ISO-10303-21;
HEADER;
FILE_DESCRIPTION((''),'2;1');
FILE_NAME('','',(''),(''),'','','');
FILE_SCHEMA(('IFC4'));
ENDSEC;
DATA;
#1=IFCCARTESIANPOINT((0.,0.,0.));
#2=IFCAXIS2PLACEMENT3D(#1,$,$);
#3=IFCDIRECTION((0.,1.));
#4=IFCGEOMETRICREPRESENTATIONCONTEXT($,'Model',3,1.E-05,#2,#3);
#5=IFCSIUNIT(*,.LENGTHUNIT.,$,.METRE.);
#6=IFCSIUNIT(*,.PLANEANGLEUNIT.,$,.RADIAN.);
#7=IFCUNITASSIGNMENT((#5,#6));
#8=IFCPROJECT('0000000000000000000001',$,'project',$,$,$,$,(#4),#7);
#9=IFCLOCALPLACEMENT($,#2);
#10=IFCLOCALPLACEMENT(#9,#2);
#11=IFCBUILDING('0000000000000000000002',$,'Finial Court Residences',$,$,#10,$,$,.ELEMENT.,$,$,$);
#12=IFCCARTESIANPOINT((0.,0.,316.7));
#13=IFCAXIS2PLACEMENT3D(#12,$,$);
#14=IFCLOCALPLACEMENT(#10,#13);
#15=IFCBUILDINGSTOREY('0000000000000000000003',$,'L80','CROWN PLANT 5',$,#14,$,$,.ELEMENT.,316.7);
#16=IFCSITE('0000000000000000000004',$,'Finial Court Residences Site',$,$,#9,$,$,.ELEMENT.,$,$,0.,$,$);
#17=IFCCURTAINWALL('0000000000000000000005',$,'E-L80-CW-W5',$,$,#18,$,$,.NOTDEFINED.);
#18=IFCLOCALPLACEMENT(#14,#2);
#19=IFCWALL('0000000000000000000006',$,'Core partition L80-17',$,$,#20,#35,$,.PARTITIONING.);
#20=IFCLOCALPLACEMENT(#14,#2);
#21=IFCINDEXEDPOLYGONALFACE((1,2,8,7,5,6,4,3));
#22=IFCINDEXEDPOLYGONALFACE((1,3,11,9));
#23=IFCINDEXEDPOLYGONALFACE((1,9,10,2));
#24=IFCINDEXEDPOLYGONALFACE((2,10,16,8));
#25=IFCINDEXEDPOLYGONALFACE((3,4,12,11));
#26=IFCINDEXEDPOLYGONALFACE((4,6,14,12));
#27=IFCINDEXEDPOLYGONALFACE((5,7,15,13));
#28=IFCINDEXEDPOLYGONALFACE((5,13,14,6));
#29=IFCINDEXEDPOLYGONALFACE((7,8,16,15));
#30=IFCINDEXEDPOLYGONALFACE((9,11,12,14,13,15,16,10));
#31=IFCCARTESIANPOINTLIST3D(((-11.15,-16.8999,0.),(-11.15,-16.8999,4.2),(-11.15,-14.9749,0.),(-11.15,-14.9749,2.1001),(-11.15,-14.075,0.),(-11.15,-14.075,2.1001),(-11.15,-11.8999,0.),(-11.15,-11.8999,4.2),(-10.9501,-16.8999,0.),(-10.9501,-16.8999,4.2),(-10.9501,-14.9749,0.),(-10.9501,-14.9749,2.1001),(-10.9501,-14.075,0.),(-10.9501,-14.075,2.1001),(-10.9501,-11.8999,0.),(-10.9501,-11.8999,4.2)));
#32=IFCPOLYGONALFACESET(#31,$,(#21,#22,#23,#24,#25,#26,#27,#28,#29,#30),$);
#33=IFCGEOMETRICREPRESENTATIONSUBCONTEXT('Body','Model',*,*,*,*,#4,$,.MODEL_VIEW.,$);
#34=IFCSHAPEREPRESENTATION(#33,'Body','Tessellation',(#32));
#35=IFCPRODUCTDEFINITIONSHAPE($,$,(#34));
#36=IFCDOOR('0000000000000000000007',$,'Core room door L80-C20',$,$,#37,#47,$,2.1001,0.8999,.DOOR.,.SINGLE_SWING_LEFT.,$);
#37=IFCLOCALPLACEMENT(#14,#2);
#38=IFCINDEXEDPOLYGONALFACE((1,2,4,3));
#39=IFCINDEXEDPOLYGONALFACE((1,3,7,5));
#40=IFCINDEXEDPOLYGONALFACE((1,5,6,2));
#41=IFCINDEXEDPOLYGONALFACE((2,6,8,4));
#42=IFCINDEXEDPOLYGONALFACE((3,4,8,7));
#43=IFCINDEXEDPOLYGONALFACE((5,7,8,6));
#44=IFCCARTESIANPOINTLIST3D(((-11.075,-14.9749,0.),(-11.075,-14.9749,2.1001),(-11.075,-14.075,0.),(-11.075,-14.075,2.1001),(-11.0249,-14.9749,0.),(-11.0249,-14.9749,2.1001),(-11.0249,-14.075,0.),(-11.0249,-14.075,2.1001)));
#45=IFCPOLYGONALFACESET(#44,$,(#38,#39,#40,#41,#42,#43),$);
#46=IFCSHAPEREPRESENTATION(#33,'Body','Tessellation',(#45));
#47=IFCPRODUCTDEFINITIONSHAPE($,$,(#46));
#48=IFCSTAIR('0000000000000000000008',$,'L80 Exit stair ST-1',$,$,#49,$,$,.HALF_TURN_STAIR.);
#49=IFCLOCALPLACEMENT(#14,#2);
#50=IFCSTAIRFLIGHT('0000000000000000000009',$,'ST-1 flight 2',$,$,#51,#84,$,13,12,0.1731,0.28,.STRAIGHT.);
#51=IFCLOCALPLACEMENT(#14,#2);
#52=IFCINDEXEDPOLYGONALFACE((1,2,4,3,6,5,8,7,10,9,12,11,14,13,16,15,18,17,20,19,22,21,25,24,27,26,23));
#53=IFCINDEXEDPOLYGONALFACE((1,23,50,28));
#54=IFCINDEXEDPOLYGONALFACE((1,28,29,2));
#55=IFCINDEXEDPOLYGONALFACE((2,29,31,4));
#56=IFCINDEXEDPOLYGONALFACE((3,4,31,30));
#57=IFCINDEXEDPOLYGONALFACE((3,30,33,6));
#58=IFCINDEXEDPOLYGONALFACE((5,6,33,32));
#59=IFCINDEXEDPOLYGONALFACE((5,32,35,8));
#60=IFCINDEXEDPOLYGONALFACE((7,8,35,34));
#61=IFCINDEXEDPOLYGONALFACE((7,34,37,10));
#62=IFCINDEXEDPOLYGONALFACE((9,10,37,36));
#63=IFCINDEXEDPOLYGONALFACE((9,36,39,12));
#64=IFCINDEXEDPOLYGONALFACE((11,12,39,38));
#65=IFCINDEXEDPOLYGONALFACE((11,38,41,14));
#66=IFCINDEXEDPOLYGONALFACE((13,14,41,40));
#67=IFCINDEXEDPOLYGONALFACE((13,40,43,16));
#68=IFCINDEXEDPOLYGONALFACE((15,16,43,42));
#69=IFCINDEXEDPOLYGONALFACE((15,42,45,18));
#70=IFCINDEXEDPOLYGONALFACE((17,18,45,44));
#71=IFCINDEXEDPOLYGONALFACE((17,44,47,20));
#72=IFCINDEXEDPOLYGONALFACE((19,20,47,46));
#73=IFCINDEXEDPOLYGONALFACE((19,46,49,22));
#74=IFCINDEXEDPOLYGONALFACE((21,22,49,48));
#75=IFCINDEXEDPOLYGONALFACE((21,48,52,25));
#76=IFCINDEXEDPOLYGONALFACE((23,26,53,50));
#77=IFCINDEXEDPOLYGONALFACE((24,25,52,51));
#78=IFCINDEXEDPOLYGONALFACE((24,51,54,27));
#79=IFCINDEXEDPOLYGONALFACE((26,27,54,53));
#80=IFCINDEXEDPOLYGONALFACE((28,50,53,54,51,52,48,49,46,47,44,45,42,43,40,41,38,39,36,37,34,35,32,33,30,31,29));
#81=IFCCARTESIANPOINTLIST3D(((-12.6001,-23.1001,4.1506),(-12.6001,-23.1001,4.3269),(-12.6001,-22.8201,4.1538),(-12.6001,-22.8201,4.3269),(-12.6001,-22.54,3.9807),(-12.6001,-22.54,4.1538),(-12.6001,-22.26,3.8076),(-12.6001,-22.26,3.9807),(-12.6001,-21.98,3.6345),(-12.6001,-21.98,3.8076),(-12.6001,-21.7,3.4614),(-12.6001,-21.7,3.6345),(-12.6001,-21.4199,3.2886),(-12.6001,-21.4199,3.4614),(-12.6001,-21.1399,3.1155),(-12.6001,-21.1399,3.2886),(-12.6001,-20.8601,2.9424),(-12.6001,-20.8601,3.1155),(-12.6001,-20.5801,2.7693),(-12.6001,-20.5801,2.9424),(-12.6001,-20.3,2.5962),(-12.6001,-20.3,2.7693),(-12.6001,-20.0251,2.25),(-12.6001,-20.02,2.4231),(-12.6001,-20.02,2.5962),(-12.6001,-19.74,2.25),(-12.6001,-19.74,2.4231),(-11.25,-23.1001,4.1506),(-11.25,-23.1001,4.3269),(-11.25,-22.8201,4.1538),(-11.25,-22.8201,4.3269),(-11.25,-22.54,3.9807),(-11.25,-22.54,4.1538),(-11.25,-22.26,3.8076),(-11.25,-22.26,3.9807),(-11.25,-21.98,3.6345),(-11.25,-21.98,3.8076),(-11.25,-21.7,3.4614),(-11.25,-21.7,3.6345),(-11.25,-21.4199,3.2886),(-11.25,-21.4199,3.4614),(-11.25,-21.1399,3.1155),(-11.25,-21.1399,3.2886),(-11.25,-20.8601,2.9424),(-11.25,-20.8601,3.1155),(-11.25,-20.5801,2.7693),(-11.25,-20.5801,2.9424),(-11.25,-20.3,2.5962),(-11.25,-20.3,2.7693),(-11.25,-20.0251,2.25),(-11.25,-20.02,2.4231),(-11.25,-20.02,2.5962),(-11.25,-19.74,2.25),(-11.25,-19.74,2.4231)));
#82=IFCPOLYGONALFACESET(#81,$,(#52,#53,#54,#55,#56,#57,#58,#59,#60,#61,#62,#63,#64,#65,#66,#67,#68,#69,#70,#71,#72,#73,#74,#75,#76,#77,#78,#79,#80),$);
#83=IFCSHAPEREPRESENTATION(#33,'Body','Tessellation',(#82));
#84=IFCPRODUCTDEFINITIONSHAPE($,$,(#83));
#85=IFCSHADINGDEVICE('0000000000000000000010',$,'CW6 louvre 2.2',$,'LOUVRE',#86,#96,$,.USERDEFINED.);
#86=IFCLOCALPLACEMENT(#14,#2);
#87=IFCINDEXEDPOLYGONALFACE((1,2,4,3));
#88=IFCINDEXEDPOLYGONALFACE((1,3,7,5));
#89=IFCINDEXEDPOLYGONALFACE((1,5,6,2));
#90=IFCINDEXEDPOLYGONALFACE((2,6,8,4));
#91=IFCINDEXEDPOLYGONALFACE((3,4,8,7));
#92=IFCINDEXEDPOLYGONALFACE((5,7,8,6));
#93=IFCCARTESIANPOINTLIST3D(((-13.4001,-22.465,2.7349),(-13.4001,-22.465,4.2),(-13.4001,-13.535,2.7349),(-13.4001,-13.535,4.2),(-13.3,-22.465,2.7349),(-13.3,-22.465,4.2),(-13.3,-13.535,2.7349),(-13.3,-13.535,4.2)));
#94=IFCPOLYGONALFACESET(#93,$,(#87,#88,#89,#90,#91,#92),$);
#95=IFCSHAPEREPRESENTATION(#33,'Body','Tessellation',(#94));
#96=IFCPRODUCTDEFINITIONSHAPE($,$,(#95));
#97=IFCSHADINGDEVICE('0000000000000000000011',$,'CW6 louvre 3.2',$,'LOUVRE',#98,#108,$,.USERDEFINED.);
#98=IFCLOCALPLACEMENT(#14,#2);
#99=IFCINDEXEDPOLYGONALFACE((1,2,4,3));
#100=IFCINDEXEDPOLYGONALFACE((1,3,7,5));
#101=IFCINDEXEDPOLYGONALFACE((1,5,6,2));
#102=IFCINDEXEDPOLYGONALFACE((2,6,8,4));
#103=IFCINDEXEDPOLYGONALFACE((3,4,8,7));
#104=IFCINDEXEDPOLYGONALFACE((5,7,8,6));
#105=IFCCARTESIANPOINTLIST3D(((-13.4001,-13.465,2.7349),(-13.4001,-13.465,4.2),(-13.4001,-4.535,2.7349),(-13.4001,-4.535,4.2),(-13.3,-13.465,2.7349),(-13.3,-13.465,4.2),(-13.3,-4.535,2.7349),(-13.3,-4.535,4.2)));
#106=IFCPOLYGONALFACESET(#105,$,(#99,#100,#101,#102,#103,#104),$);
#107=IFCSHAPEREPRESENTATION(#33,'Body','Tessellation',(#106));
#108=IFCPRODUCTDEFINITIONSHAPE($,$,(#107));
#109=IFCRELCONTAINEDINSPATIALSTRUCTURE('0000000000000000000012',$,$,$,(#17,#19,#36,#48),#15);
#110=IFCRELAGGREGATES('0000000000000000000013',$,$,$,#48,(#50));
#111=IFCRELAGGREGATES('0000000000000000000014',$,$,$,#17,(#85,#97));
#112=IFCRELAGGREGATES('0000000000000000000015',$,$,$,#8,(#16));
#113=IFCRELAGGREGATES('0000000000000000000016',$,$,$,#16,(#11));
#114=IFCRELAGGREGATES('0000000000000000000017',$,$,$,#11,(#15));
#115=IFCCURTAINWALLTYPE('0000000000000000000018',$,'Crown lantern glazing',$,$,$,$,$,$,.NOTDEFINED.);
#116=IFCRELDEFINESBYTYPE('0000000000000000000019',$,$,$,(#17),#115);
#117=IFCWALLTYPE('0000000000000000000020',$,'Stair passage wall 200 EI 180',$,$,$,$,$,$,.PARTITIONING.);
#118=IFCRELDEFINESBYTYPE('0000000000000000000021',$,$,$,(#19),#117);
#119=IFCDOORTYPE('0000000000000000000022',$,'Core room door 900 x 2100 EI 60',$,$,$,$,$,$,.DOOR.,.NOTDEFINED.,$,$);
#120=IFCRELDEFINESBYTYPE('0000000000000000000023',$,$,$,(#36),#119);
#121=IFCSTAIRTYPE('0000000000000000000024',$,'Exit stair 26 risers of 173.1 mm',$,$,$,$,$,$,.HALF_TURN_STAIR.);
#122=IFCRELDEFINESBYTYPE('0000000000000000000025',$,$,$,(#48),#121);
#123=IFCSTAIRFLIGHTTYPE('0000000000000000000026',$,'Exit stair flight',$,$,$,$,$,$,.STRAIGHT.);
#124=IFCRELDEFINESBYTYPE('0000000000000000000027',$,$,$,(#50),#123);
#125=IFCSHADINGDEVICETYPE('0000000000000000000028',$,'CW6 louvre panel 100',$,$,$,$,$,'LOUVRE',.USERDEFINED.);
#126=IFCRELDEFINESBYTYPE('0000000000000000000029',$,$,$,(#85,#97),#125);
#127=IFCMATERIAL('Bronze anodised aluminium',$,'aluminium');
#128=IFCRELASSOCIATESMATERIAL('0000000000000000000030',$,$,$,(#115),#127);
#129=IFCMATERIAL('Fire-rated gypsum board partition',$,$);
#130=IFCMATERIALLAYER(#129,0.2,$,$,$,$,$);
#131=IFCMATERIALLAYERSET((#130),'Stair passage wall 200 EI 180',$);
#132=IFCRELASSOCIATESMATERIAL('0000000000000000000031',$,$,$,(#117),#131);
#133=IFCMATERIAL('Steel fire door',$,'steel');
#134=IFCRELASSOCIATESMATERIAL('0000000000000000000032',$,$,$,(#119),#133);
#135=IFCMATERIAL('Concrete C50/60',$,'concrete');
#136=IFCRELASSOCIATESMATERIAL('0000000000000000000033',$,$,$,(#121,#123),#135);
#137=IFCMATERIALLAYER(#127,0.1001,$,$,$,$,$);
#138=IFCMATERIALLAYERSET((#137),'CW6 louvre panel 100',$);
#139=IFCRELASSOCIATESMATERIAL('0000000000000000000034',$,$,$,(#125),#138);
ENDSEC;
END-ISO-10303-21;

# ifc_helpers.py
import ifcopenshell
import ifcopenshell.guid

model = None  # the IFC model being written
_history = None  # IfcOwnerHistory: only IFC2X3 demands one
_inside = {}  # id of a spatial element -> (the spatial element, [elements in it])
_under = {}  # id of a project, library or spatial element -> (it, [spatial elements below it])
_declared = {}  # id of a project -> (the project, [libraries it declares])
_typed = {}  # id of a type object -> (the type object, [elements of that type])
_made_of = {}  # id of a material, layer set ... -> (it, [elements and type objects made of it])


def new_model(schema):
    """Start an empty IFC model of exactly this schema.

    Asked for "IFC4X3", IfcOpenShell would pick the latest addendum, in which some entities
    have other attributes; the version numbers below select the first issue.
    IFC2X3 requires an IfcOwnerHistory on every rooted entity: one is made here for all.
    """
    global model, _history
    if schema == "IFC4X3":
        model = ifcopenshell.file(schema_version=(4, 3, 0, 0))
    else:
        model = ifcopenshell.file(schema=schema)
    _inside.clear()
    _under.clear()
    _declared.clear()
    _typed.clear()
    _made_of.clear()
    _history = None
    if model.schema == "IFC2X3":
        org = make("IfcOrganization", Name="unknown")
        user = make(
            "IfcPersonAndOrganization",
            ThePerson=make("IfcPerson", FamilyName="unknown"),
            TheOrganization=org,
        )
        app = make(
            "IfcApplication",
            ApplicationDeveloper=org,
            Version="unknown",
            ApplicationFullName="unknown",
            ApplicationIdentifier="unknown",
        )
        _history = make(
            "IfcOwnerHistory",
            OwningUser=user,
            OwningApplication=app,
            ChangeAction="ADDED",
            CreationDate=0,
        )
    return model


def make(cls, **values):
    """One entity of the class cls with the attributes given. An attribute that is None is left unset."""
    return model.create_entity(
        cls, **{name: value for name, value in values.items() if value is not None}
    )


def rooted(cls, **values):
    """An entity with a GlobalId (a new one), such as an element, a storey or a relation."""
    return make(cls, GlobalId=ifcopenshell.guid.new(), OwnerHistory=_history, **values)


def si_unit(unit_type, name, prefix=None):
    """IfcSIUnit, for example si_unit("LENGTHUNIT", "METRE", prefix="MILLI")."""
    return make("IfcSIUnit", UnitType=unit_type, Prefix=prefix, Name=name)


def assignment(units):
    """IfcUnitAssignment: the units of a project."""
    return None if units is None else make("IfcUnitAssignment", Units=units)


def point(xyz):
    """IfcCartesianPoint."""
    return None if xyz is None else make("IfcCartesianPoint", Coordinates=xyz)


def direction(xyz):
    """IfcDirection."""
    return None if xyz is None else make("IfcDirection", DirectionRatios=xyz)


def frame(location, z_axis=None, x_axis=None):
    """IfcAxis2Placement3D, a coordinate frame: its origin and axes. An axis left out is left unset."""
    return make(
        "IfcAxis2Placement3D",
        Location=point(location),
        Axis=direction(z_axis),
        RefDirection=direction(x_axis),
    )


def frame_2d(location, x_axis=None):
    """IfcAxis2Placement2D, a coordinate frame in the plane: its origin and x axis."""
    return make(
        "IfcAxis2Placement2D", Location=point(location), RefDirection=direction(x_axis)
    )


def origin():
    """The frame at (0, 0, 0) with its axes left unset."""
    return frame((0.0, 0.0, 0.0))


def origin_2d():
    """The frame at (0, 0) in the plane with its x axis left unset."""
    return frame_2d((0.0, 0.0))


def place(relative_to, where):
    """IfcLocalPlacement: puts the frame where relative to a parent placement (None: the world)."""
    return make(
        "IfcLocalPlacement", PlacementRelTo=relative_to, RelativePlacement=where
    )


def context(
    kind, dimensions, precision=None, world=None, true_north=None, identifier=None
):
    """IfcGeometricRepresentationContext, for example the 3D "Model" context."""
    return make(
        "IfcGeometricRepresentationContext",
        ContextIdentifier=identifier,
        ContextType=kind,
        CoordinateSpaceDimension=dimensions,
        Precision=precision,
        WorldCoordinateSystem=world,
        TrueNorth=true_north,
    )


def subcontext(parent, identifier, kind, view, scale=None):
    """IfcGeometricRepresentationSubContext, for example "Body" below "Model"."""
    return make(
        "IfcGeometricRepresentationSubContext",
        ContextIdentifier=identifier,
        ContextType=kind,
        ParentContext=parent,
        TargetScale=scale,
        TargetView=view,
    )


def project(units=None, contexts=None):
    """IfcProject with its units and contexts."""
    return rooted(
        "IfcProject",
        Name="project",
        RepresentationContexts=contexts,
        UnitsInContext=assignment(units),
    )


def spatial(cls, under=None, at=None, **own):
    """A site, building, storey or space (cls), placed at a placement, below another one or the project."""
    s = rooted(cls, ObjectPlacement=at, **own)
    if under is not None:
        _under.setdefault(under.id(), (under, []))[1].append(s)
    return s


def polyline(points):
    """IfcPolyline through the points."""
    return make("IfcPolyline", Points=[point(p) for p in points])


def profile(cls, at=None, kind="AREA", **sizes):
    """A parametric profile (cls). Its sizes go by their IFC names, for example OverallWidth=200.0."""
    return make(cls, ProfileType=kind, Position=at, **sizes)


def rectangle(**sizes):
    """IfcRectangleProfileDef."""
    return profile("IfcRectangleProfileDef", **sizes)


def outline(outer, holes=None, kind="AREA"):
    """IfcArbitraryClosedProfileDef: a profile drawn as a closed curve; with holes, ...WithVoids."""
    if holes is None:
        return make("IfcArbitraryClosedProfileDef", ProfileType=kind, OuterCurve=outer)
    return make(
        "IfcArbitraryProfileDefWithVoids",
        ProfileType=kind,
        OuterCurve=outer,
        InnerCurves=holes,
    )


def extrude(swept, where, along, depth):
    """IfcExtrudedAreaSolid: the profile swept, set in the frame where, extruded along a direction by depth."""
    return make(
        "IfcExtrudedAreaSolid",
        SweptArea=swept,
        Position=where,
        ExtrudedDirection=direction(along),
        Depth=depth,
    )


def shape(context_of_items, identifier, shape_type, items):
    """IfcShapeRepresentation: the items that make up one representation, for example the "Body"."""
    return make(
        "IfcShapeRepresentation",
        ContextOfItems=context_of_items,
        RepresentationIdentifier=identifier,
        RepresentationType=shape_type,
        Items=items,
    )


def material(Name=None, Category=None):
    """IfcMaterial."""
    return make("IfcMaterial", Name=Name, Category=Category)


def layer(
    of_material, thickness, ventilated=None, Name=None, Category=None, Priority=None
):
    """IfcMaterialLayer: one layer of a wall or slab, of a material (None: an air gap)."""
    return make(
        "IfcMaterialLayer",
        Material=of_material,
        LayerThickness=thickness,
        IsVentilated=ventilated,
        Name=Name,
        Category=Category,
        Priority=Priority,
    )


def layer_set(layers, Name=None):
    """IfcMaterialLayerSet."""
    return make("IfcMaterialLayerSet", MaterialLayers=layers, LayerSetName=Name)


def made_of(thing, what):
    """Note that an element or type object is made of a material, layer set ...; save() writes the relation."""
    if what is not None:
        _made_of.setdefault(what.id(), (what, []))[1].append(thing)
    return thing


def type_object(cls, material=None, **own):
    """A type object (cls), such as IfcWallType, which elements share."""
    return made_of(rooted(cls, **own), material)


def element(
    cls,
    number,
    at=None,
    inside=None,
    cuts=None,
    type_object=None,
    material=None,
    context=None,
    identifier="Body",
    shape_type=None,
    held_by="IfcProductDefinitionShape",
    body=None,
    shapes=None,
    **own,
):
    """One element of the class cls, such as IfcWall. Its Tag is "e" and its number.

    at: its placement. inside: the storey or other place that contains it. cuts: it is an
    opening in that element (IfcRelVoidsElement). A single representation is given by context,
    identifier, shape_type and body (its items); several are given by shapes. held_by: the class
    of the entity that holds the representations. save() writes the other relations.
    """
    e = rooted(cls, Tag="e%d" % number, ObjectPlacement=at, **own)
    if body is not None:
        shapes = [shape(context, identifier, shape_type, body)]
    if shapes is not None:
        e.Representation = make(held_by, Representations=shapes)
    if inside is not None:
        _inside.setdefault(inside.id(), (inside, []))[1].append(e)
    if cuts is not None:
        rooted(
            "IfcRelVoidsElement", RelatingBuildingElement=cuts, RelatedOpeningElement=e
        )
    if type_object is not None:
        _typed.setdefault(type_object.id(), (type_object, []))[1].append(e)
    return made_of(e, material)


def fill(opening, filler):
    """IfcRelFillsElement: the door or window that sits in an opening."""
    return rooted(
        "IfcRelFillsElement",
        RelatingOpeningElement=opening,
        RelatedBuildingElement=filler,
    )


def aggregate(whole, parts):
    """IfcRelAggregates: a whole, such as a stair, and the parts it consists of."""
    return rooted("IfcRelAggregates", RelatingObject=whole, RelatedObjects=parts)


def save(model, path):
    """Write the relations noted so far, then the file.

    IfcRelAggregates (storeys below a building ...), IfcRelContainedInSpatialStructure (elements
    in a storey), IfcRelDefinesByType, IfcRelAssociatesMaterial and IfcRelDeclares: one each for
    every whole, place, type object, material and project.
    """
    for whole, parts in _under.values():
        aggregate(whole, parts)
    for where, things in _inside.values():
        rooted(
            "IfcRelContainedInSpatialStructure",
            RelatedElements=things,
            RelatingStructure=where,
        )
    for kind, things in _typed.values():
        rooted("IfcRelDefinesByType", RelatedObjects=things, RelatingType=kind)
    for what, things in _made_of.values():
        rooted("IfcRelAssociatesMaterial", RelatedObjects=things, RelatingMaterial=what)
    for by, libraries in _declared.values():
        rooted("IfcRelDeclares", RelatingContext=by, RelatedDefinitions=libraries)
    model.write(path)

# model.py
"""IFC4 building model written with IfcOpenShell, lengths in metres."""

from ifc_helpers import new_model, si_unit, direction, frame, frame_2d, origin, origin_2d, place, context, subcontext, project, spatial, polyline, rectangle, outline, extrude, material, layer, layer_set, type_object, element, fill, aggregate, save


model = new_model("IFC4")

# Units and contexts
model_context = context("Model", 3, precision=1e-05, world=origin(), true_north=direction((0.0, 1.0)))
body_context = subcontext(model_context, "Body", "Model", "MODEL_VIEW")
ifc_project = project(units=[si_unit("LENGTHUNIT", "METRE"), si_unit("PLANEANGLEUNIT", "RADIAN")], contexts=[model_context])

# Site, building, storey
site_placement = place(None, origin())
site = spatial("IfcSite", under=ifc_project, at=site_placement, Name="Finial Court Residences Site", CompositionType="ELEMENT", RefElevation=0.0)
building_placement = place(site_placement, origin())
building = spatial("IfcBuilding", under=site, at=building_placement, Name="Finial Court Residences", CompositionType="ELEMENT")
storey_placement = place(building_placement, frame((0.0, 0.0, 316.7)))
storey = spatial("IfcBuildingStorey", under=building, at=storey_placement, Name="L80", Description="CROWN PLANT 5", CompositionType="ELEMENT", Elevation=316.7)

# Curtain wall
ifc_material_1 = material(Name="Bronze anodised aluminium", Category="aluminium")
curtain_wall_type = type_object("IfcCurtainWallType", Name="Crown lantern glazing", PredefinedType="NOTDEFINED", material=ifc_material_1)
curtain_wall_placement = place(storey_placement, origin())
curtain_wall = element("IfcCurtainWall", 1, at=curtain_wall_placement, inside=storey, type_object=curtain_wall_type, Name="E-L80-CW-W5", PredefinedType="NOTDEFINED")

# Shared definitions
ifc_material_2 = material(Name="Concrete C50/60", Category="concrete")
ifc_material_3 = material(Name="Steel fire door", Category="steel")

# Shared definitions
ifc_material_4 = material(Name="Fire-rated gypsum board partition")

# Wall, opening, door
ifc_layer_1 = layer(ifc_material_4, 0.2)
ifc_layer_set_1 = layer_set([ifc_layer_1], Name="Stair passage wall 200 EI 180")
wall_type_1 = type_object("IfcWallType", Name="Stair passage wall 200 EI 180", PredefinedType="PARTITIONING", material=ifc_layer_set_1)
wall_1_placement = place(storey_placement, frame((-11.05, -16.8999, 0.0), z_axis=(0.0, 0.0, 1.0), x_axis=(0.0, 1.0, 0.0)))
wall_1 = element("IfcWall", 2, at=wall_1_placement, inside=storey, type_object=wall_type_1, Name="Core partition L80-17", PredefinedType="PARTITIONING", context=body_context, shape_type="SweptSolid", body=[
    extrude(rectangle(XDim=5.0, YDim=0.2, at=frame_2d((2.5, 0.0))), origin(), (0.0, 0.0, 1.0), 4.2),
])
opening_1_placement = place(wall_1_placement, frame((1.925, 0.0, 0.0)))
opening_1 = element("IfcOpeningElement", 3, at=opening_1_placement, cuts=wall_1, PredefinedType="OPENING", context=body_context, shape_type="SweptSolid", body=[
    extrude(rectangle(XDim=0.8999, YDim=2.1001, at=frame_2d((0.45, 1.05))), frame((0.0, 0.1099, 0.0), z_axis=(0.0, -1.0, 0.0), x_axis=(1.0, 0.0, 0.0)), (0.0, 0.0, 1.0), 0.22),
])
door_type_1 = type_object("IfcDoorType", Name="Core room door 900 x 2100 EI 60", OperationType="NOTDEFINED", PredefinedType="DOOR", material=ifc_material_3)
door_1_placement = place(opening_1_placement, origin())
door_1 = element("IfcDoor", 4, at=door_1_placement, inside=storey, type_object=door_type_1, Name="Core room door L80-C20", OperationType="SINGLE_SWING_LEFT", OverallHeight=2.1001, OverallWidth=0.8999, PredefinedType="DOOR", context=body_context, shape_type="SweptSolid", body=[
    extrude(rectangle(XDim=0.8999, YDim=2.1001, at=frame_2d((0.45, 1.05))), frame((0.0, 0.0249, 0.0), z_axis=(0.0, -1.0, 0.0), x_axis=(1.0, 0.0, 0.0)), (0.0, 0.0, 1.0), 0.05),
])
fill(opening_1, door_1)

# Stair, stair flight
stair_type = type_object("IfcStairType", Name="Exit stair 26 risers of 173.1 mm", PredefinedType="HALF_TURN_STAIR", material=ifc_material_2)
stair_placement = place(storey_placement, origin())
stair = element("IfcStair", 5, at=stair_placement, inside=storey, type_object=stair_type, Name="L80 Exit stair ST-1", PredefinedType="HALF_TURN_STAIR")
stair_flight_type = type_object("IfcStairFlightType", Name="Exit stair flight", PredefinedType="STRAIGHT", material=ifc_material_2)
stair_flight_placement = place(storey_placement, frame((-11.925, -19.74, 2.25), z_axis=(0.0, 0.0, 1.0), x_axis=(0.0, -1.0, 0.0)))
stair_flight = element("IfcStairFlight", 6, at=stair_flight_placement, type_object=stair_flight_type, Name="ST-1 flight 2", NumberOfRisers=13, NumberOfTreads=12, PredefinedType="STRAIGHT", RiserHeight=0.1731, TreadLength=0.28, context=body_context, shape_type="SweptSolid", body=[
    extrude(outline(polyline([(0.0, 0.0), (0.0, 0.1731), (0.28, 0.1731), (0.28, 0.3462), (0.5601, 0.3462), (0.5601, 0.5193), (0.8401, 0.5193), (0.8401, 0.6924), (1.1201, 0.6924), (1.1201, 0.8655), (1.3999, 0.8655), (1.3999, 1.0386), (1.6799, 1.0386), (1.6799, 1.2114), (1.96, 1.2114), (1.96, 1.3845), (2.24, 1.3845), (2.24, 1.5576), (2.52, 1.5576), (2.52, 1.7307), (2.8, 1.7307), (2.8, 1.9038), (3.0801, 1.9038), (3.0801, 2.0769), (3.3601, 2.0769), (3.3601, 2.25), (3.3601, 1.9006), (0.2852, 0.0), (0.0, 0.0)])), frame((0.0, 0.675, 0.0), z_axis=(0.0, -1.0, 0.0), x_axis=(1.0, 0.0, 0.0)), (0.0, 0.0, 1.0), 1.3501),
])
aggregate(stair, [stair_flight])

# Shading devices
ifc_layer_2 = layer(ifc_material_1, 0.1001)
ifc_layer_set_2 = layer_set([ifc_layer_2], Name="CW6 louvre panel 100")
shading_device_type = type_object("IfcShadingDeviceType", Name="CW6 louvre panel 100", ElementType="LOUVRE", PredefinedType="USERDEFINED", material=ifc_layer_set_2)
shading_device_1_placement = place(storey_placement, frame((-13.3501, -18.0, 2.7349), z_axis=(0.0, 0.0, 1.0), x_axis=(0.0, 1.0, 0.0)))
shading_device_1 = element("IfcShadingDevice", 7, at=shading_device_1_placement, type_object=shading_device_type, Name="CW6 louvre 2.2", ObjectType="LOUVRE", PredefinedType="USERDEFINED", context=body_context, shape_type="SweptSolid", body=[
    extrude(rectangle(XDim=8.9299, YDim=0.1001, at=origin_2d()), origin(), (0.0, 0.0, 1.0), 1.4651),
])
shading_device_2_placement = place(storey_placement, frame((-13.3501, -9.0, 2.7349), z_axis=(0.0, 0.0, 1.0), x_axis=(0.0, 1.0, 0.0)))
shading_device_2 = element("IfcShadingDevice", 8, at=shading_device_2_placement, type_object=shading_device_type, Name="CW6 louvre 3.2", ObjectType="LOUVRE", PredefinedType="USERDEFINED", context=body_context, shape_type="SweptSolid", body=[
    extrude(rectangle(XDim=8.9299, YDim=0.1001, at=origin_2d()), origin(), (0.0, 0.0, 1.0), 1.4651),
])
aggregate(curtain_wall, [shading_device_1, shading_device_2])

save(model, "model.ifc")
